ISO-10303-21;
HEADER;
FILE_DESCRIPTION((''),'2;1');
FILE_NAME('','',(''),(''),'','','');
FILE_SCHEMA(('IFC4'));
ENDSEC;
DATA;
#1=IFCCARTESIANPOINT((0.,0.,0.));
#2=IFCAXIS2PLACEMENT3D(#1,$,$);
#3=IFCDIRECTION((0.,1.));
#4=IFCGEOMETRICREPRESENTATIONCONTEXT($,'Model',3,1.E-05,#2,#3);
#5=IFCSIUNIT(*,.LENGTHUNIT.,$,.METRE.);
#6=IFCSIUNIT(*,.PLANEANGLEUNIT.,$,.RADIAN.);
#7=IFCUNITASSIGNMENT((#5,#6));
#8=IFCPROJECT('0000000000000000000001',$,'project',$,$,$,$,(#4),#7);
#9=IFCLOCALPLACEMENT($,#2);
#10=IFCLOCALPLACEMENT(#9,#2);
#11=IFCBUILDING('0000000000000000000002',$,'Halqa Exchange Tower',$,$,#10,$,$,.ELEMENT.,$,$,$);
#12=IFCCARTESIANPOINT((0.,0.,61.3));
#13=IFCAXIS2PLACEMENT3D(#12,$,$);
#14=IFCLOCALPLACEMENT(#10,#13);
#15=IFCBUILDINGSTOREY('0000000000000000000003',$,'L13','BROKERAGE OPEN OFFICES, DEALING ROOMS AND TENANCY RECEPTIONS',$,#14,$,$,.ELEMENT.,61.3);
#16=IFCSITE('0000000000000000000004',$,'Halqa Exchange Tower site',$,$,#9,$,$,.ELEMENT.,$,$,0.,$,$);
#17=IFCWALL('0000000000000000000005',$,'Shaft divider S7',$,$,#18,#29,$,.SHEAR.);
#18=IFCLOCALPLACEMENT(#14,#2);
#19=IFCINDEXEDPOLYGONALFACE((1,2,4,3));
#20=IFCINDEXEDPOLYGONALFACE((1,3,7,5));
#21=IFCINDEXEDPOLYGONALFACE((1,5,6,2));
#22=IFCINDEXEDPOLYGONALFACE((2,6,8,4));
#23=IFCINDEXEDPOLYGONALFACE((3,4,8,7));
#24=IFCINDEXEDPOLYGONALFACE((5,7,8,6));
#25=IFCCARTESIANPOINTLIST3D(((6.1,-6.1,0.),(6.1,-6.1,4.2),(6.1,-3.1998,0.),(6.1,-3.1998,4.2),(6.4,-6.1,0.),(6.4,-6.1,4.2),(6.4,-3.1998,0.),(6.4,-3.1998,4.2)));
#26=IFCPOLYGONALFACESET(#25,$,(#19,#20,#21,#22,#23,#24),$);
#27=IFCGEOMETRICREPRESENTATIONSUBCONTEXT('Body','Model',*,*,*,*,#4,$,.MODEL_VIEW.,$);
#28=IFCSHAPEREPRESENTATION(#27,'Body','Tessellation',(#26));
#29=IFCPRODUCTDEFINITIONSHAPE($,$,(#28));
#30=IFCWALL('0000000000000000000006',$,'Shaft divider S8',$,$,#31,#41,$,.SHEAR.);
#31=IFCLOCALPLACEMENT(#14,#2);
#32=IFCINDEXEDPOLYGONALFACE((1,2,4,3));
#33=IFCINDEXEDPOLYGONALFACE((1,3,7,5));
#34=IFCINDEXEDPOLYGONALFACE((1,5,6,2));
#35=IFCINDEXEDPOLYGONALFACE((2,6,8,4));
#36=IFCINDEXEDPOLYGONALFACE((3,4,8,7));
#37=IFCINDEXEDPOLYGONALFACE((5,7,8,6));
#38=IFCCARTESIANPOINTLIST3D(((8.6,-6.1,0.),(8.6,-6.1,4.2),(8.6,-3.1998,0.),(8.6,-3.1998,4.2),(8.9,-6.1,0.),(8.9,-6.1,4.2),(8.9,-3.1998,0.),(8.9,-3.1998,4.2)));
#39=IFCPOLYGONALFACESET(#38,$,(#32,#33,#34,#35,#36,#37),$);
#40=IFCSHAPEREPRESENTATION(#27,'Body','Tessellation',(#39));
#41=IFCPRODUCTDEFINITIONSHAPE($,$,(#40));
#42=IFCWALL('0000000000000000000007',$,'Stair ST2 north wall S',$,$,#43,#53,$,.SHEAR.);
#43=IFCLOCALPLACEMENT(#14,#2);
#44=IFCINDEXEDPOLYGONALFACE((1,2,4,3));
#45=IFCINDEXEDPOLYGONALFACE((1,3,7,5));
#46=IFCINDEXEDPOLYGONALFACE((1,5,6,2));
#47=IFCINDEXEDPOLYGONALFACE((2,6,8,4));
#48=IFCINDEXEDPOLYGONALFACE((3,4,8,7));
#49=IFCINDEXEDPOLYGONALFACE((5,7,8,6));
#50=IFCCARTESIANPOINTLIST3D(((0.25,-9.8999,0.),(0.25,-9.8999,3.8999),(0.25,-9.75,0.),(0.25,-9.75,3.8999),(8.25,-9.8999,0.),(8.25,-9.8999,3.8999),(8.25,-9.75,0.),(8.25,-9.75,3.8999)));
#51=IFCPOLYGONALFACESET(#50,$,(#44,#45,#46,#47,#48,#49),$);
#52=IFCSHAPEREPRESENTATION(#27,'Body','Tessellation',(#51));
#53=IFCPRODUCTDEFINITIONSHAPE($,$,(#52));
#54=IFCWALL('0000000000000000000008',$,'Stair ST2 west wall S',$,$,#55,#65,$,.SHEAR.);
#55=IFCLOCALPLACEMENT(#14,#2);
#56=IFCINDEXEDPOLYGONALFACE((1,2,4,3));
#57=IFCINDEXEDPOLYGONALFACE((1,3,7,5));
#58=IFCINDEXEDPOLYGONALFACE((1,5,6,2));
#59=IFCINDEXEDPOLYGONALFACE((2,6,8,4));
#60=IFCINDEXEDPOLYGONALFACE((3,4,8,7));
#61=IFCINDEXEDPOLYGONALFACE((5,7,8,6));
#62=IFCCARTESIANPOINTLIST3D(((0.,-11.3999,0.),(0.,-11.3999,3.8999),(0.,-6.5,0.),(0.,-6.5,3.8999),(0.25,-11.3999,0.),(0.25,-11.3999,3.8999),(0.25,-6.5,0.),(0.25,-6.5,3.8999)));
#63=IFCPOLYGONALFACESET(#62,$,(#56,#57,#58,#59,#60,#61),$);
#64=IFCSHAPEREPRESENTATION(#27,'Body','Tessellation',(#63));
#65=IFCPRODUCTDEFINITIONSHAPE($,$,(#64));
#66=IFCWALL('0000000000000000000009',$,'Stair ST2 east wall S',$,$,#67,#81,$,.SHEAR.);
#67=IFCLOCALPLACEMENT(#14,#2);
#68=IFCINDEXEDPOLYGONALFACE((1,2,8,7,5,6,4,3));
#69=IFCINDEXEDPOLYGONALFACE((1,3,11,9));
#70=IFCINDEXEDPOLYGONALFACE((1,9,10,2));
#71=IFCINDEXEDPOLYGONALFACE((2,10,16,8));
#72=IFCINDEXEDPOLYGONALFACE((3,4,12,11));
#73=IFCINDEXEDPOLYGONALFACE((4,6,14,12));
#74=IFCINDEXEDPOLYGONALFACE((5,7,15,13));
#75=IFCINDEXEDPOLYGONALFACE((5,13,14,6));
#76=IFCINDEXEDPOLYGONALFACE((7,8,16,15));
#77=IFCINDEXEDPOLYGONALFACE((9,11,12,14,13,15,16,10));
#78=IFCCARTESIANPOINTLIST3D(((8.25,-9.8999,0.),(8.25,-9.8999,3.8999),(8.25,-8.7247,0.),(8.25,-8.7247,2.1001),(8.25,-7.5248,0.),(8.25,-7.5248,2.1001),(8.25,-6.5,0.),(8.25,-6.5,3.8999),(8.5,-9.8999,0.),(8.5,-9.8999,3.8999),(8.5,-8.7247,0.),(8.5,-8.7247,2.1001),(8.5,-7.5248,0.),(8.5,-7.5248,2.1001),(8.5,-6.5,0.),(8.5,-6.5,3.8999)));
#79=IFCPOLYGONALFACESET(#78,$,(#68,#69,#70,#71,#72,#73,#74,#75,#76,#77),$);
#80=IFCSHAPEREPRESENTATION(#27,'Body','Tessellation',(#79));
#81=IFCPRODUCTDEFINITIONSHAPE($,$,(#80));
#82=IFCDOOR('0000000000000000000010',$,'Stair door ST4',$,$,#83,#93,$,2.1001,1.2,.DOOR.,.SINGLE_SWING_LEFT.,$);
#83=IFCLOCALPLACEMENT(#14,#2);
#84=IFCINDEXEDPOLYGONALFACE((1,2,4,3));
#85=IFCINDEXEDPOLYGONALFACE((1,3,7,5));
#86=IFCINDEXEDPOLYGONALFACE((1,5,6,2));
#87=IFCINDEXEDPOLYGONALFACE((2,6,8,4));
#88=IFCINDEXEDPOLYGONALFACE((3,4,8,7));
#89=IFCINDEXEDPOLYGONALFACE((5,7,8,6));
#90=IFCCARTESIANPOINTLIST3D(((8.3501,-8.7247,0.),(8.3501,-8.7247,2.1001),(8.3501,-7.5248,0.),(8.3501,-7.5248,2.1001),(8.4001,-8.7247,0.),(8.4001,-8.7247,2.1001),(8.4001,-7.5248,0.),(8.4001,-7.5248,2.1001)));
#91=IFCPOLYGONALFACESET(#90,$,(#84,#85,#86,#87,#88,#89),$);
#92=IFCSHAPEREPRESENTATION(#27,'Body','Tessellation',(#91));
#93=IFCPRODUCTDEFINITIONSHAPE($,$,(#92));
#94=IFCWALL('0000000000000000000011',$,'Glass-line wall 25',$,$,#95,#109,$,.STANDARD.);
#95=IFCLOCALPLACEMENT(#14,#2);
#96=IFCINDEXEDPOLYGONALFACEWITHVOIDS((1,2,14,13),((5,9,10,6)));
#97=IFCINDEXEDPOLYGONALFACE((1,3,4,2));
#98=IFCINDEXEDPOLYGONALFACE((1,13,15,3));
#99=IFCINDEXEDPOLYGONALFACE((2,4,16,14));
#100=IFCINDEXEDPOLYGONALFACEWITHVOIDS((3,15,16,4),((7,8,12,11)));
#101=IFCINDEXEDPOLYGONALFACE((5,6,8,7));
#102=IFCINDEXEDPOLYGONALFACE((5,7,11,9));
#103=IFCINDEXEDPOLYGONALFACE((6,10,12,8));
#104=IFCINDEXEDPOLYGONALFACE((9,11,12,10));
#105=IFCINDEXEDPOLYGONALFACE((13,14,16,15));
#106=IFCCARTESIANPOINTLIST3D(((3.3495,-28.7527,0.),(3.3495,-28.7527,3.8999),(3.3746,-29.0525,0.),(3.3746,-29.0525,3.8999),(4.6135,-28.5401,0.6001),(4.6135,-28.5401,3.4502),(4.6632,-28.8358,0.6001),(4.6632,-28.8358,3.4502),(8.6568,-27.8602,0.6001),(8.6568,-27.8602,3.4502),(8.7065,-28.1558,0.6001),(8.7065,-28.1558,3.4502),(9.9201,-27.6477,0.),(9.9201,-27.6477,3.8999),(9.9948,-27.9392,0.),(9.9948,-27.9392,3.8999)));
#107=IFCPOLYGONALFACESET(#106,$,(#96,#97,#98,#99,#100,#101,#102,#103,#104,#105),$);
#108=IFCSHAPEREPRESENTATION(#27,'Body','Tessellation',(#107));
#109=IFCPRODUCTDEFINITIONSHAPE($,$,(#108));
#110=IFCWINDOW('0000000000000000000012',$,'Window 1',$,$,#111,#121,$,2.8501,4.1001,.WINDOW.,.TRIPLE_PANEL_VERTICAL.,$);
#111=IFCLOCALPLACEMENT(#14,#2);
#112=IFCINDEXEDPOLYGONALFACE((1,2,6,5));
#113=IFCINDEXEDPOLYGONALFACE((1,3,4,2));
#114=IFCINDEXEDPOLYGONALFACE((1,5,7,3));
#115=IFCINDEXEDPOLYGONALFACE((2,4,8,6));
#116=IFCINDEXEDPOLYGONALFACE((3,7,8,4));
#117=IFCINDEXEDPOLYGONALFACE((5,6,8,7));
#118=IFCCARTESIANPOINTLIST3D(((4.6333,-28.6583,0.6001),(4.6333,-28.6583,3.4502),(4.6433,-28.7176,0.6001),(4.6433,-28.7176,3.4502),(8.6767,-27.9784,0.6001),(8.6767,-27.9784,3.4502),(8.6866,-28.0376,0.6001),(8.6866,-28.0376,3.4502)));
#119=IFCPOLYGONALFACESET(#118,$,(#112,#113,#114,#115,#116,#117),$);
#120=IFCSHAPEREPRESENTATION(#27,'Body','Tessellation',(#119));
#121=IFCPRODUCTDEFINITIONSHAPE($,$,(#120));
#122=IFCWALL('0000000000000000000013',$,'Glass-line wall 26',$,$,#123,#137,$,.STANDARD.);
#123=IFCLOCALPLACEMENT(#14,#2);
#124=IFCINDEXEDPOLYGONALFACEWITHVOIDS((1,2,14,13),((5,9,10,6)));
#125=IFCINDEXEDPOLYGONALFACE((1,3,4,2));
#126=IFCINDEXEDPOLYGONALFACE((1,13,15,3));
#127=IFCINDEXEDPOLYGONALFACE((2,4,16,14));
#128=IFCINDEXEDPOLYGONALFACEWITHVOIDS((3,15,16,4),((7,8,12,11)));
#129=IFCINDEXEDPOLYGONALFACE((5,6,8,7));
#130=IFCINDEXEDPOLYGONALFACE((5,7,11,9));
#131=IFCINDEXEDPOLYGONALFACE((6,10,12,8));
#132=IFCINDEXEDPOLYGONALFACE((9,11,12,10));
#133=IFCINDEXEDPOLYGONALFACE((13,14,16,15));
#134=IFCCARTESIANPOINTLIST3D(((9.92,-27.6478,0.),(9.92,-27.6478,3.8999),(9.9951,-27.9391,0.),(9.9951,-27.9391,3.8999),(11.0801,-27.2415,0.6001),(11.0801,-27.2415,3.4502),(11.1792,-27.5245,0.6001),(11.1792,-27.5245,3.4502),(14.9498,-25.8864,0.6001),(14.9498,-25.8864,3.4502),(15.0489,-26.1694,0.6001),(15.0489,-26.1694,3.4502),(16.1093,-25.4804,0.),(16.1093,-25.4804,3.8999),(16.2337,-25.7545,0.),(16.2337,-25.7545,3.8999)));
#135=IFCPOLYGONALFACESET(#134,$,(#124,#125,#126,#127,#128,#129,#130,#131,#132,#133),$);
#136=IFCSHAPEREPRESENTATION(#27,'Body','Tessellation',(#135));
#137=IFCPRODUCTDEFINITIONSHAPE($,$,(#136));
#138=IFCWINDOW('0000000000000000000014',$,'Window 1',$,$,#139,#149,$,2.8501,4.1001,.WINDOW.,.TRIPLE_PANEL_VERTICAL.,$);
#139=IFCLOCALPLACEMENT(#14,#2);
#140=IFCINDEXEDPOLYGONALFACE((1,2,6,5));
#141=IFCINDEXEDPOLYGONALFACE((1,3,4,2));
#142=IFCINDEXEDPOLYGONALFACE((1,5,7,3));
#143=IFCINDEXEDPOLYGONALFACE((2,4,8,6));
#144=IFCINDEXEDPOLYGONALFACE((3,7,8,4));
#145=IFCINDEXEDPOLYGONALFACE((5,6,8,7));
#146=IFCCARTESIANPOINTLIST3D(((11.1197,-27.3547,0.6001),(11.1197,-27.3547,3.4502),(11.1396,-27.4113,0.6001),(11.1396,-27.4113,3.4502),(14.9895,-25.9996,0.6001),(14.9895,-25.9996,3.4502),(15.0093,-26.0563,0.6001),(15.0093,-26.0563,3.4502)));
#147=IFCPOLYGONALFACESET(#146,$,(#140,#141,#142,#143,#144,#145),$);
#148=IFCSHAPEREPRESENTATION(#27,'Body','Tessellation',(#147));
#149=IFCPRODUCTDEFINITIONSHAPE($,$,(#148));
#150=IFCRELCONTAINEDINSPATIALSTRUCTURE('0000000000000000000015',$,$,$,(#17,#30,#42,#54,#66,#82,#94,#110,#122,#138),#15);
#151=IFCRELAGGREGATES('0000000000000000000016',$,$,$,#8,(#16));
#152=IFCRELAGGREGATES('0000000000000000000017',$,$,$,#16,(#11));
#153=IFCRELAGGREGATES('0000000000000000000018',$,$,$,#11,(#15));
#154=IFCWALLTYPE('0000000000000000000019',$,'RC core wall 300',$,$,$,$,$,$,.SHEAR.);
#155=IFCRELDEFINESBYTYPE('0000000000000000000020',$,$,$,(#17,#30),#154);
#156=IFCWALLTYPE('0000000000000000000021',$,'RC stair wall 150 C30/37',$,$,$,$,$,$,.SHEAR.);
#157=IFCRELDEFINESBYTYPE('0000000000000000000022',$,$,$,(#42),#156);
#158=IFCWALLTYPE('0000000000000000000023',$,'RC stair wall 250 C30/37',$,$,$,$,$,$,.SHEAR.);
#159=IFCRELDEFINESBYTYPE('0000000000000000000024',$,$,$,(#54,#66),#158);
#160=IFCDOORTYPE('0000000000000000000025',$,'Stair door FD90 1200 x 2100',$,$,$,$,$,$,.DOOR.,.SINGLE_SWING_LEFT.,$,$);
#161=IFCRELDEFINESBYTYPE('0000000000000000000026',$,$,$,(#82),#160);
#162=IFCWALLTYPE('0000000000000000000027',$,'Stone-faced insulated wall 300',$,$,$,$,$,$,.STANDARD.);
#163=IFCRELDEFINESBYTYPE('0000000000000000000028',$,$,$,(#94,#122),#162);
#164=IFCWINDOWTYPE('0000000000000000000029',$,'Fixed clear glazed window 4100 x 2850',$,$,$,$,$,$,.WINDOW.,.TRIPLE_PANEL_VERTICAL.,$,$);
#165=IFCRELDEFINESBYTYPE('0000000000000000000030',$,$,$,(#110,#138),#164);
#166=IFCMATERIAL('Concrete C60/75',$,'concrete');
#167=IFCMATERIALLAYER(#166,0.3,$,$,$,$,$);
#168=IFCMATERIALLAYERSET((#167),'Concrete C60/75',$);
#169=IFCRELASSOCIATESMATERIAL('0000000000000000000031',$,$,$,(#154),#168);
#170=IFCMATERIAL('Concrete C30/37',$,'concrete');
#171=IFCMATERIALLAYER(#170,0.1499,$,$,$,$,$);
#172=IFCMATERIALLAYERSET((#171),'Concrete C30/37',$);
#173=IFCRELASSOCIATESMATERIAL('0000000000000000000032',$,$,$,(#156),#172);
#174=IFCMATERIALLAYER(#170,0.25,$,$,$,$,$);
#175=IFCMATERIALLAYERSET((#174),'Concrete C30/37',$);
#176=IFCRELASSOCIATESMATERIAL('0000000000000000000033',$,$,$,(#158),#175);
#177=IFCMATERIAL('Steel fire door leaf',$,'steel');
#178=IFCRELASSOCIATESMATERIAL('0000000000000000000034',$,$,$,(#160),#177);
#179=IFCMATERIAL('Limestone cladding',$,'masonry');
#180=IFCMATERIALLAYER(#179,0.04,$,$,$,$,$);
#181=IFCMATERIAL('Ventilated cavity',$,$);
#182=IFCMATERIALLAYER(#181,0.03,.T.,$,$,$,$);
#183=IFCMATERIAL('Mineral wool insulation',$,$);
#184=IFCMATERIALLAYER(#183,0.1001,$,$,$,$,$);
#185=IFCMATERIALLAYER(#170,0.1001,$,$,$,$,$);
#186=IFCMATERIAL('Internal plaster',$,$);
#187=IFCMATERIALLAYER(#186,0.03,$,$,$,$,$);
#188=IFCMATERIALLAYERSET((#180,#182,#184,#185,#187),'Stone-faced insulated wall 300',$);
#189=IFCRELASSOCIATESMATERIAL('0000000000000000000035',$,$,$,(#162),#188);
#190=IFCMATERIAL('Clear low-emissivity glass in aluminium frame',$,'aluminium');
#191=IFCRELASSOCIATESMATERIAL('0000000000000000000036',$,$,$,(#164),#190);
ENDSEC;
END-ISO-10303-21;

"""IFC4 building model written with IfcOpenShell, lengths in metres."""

from ifc_helpers import new_model, si_unit, direction, frame, frame_2d, origin, place, context, subcontext, project, spatial, polyline, rectangle, outline, extrude, material, layer, layer_set, type_object, element, fill, save


model = new_model("IFC4")

# Units and contexts
model_context = context("Model", 3, precision=1e-05, world=origin(), true_north=direction((0.0, 1.0)))
body_context = subcontext(model_context, "Body", "Model", "MODEL_VIEW")
ifc_project = project(units=[si_unit("LENGTHUNIT", "METRE"), si_unit("PLANEANGLEUNIT", "RADIAN")], contexts=[model_context])

# Site, building, storey
site_placement = place(None, origin())
site = spatial("IfcSite", under=ifc_project, at=site_placement, Name="Halqa Exchange Tower site", CompositionType="ELEMENT", RefElevation=0.0)
building_placement = place(site_placement, origin())
building = spatial("IfcBuilding", under=site, at=building_placement, Name="Halqa Exchange Tower", CompositionType="ELEMENT")
storey_placement = place(building_placement, frame((0.0, 0.0, 61.3)))
storey = spatial("IfcBuildingStorey", under=building, at=storey_placement, Name="L13", Description="BROKERAGE OPEN OFFICES, DEALING ROOMS AND TENANCY RECEPTIONS", CompositionType="ELEMENT", Elevation=61.3)

# Shared definitions
ifc_material_1 = material(Name="Concrete C60/75", Category="concrete")

# Walls
ifc_layer_1 = layer(ifc_material_1, 0.3)
ifc_layer_set_1 = layer_set([ifc_layer_1], Name="Concrete C60/75")
wall_type_1 = type_object("IfcWallType", Name="RC core wall 300", PredefinedType="SHEAR", material=ifc_layer_set_1)
for number, where, z_axis, x_axis, name in (
    (1, (6.25, -6.1001, 0.0), (0.0, 0.0, 1.0), (0.0, 1.0, 0.0), "Shaft divider S7"),
    (2, (8.75, -6.1001, 0.0), (0.0, 0.0, 1.0), (0.0, 1.0, 0.0), "Shaft divider S8"),
):
    element("IfcWall", number, at=place(storey_placement, frame(where, z_axis=z_axis, x_axis=x_axis)), inside=storey, type_object=wall_type_1, Name=name, PredefinedType="SHEAR", context=body_context, shape_type="SweptSolid", body=[
        extrude(rectangle(XDim=2.9001, YDim=0.3, at=frame_2d((1.4502, 0.0))), origin(), (0.0, 0.0, 1.0), 4.2),
    ])
ifc_material_2 = material(Name="Concrete C30/37", Category="concrete")
ifc_layer_2 = layer(ifc_material_2, 0.1499)
ifc_layer_set_2 = layer_set([ifc_layer_2], Name="Concrete C30/37")
wall_type_2 = type_object("IfcWallType", Name="RC stair wall 150 C30/37", PredefinedType="SHEAR", material=ifc_layer_set_2)
wall_1_placement = place(storey_placement, frame((0.25, -9.825, 0.0), z_axis=(0.0, 0.0, 1.0), x_axis=(1.0, 0.0, 0.0)))
element("IfcWall", 3, at=wall_1_placement, inside=storey, type_object=wall_type_2, Name="Stair ST2 north wall S", PredefinedType="SHEAR", context=body_context, shape_type="SweptSolid", body=[
    extrude(rectangle(XDim=8.0, YDim=0.1499, at=frame_2d((4.0, 0.0))), origin(), (0.0, 0.0, 1.0), 3.8999),
])
ifc_layer_3 = layer(ifc_material_2, 0.25)
ifc_layer_set_3 = layer_set([ifc_layer_3], Name="Concrete C30/37")
wall_type_3 = type_object("IfcWallType", Name="RC stair wall 250 C30/37", PredefinedType="SHEAR", material=ifc_layer_set_3)
wall_2_placement = place(storey_placement, frame((0.125, -11.3999, 0.0), z_axis=(0.0, 0.0, 1.0), x_axis=(0.0, 1.0, 0.0)))
element("IfcWall", 4, at=wall_2_placement, inside=storey, type_object=wall_type_3, Name="Stair ST2 west wall S", PredefinedType="SHEAR", context=body_context, shape_type="SweptSolid", body=[
    extrude(rectangle(XDim=4.8999, YDim=0.25, at=frame_2d((2.45, 0.0))), origin(), (0.0, 0.0, 1.0), 3.8999),
])

# Wall, opening, door
wall_3_placement = place(storey_placement, frame((8.375, -9.8999, 0.0), z_axis=(0.0, 0.0, 1.0), x_axis=(0.0, 1.0, 0.0)))
wall_3 = element("IfcWall", 5, at=wall_3_placement, inside=storey, type_object=wall_type_3, Name="Stair ST2 east wall S", PredefinedType="SHEAR", context=body_context, shape_type="SweptSolid", body=[
    extrude(rectangle(XDim=3.3999, YDim=0.25, at=frame_2d((1.7, 0.0))), origin(), (0.0, 0.0, 1.0), 3.8999),
])
opening_1_placement = place(wall_3_placement, frame((1.175, 0.0, 0.0)))
opening_1 = element("IfcOpeningElement", 6, at=opening_1_placement, cuts=wall_3, PredefinedType="OPENING", context=body_context, shape_type="SweptSolid", body=[
    extrude(rectangle(XDim=1.2, YDim=2.1001, at=frame_2d((0.6001, 1.05))), frame((0.0, 0.137, 0.0), z_axis=(0.0, -1.0, 0.0), x_axis=(1.0, 0.0, 0.0)), (0.0, 0.0, 1.0), 0.2739),
])
ifc_material_3 = material(Name="Steel fire door leaf", Category="steel")
door_type = type_object("IfcDoorType", Name="Stair door FD90 1200 x 2100", OperationType="SINGLE_SWING_LEFT", PredefinedType="DOOR", material=ifc_material_3)
door_placement = place(opening_1_placement, origin())
door = element("IfcDoor", 7, at=door_placement, inside=storey, type_object=door_type, Name="Stair door ST4", OperationType="SINGLE_SWING_LEFT", OverallHeight=2.1001, OverallWidth=1.2, PredefinedType="DOOR", context=body_context, shape_type="SweptSolid", body=[
    extrude(rectangle(XDim=1.2, YDim=2.1001, at=frame_2d((0.6001, 1.05))), frame((0.0, 0.0249, 0.0), z_axis=(0.0, -1.0, 0.0), x_axis=(1.0, 0.0, 0.0)), (0.0, 0.0, 1.0), 0.05),
])
fill(opening_1, door)

# Walls, openings, windows
ifc_material_4 = material(Name="Limestone cladding", Category="masonry")
ifc_layer_4 = layer(ifc_material_4, 0.04)
ifc_material_5 = material(Name="Ventilated cavity")
ifc_layer_5 = layer(ifc_material_5, 0.03, ventilated=True)
ifc_material_6 = material(Name="Mineral wool insulation")
ifc_layer_6 = layer(ifc_material_6, 0.1001)
ifc_layer_7 = layer(ifc_material_2, 0.1001)
ifc_material_7 = material(Name="Internal plaster")
ifc_layer_8 = layer(ifc_material_7, 0.03)
ifc_layer_set_4 = layer_set([ifc_layer_4, ifc_layer_5, ifc_layer_6, ifc_layer_7, ifc_layer_8], Name="Stone-faced insulated wall 300")
wall_type_4 = type_object("IfcWallType", Name="Stone-faced insulated wall 300", PredefinedType="STANDARD", material=ifc_layer_set_4)
wall_4_placement = place(storey_placement, frame((3.3621, -28.9026, 0.0), z_axis=(0.0, 0.0, 1.0), x_axis=(0.986153, 0.165837, 0.0)))
wall_4 = element("IfcWall", 8, at=wall_4_placement, inside=storey, type_object=wall_type_4, Name="Glass-line wall 25", PredefinedType="STANDARD", context=body_context, shape_type="SweptSolid", body=[
    extrude(outline(polyline([(-0.0125, -0.1499), (6.7007, -0.1499), (6.6753, 0.1499), (0.0125, 0.1499), (-0.0125, -0.1499)])), origin(), (0.0, 0.0, 1.0), 3.8999),
])
opening_2_placement = place(wall_4_placement, frame((1.2942, 0.0, 0.6001)))
opening_2 = element("IfcOpeningElement", 9, at=opening_2_placement, cuts=wall_4, PredefinedType="OPENING", context=body_context, shape_type="SweptSolid", body=[
    extrude(rectangle(XDim=4.1001, YDim=2.8501, at=frame_2d((2.05, 1.425))), frame((0.0, 0.1621, 0.0), z_axis=(0.0, -1.0, 0.0), x_axis=(1.0, 0.0, 0.0)), (0.0, 0.0, 1.0), 0.324),
])
ifc_material_8 = material(Name="Clear low-emissivity glass in aluminium frame", Category="aluminium")
window_type = type_object("IfcWindowType", Name="Fixed clear glazed window 4100 x 2850", PartitioningType="TRIPLE_PANEL_VERTICAL", PredefinedType="WINDOW", material=ifc_material_8)
window_1_placement = place(opening_2_placement, origin())
window_1 = element("IfcWindow", 10, at=window_1_placement, inside=storey, type_object=window_type, Name="Window 1", OverallHeight=2.8501, OverallWidth=4.1001, PartitioningType="TRIPLE_PANEL_VERTICAL", PredefinedType="WINDOW", context=body_context, shape_type="SweptSolid", body=[
    extrude(rectangle(XDim=4.1001, YDim=2.8501, at=frame_2d((2.05, 1.425))), frame((0.0, 0.03, 0.0), z_axis=(0.0, -1.0, 0.0), x_axis=(1.0, 0.0, 0.0)), (0.0, 0.0, 1.0), 0.0601),
])
fill(opening_2, window_1)
wall_5_placement = place(storey_placement, frame((9.9575, -27.7935, 0.0), z_axis=(0.0, 0.0, 1.0), x_axis=(0.943807, 0.330497, 0.0)))
wall_5 = element("IfcWall", 11, at=wall_5_placement, inside=storey, type_object=wall_type_4, Name="Glass-line wall 26", PredefinedType="STANDARD", context=body_context, shape_type="SweptSolid", body=[
    extrude(outline(polyline([(-0.0127, -0.1499), (6.5974, -0.1499), (6.5706, 0.1499), (0.0127, 0.1499), (-0.0127, -0.1499)])), origin(), (0.0, 0.0, 1.0), 3.8999),
])
opening_3_placement = place(wall_5_placement, frame((1.2419, 0.0, 0.6001)))
opening_3 = element("IfcOpeningElement", 12, at=opening_3_placement, cuts=wall_5, PredefinedType="OPENING", context=body_context, shape_type="SweptSolid", body=[
    extrude(rectangle(XDim=4.1001, YDim=2.8501, at=frame_2d((2.05, 1.425))), frame((0.0, 0.1621, 0.0), z_axis=(0.0, -1.0, 0.0), x_axis=(1.0, 0.0, 0.0)), (0.0, 0.0, 1.0), 0.324),
])
window_2_placement = place(opening_3_placement, origin())
window_2 = element("IfcWindow", 13, at=window_2_placement, inside=storey, type_object=window_type, Name="Window 1", OverallHeight=2.8501, OverallWidth=4.1001, PartitioningType="TRIPLE_PANEL_VERTICAL", PredefinedType="WINDOW", context=body_context, shape_type="SweptSolid", body=[
    extrude(rectangle(XDim=4.1001, YDim=2.8501, at=frame_2d((2.05, 1.425))), frame((0.0, 0.03, 0.0), z_axis=(0.0, -1.0, 0.0), x_axis=(1.0, 0.0, 0.0)), (0.0, 0.0, 1.0), 0.0601),
])
fill(opening_3, window_2)

save(model, "model.ifc")
